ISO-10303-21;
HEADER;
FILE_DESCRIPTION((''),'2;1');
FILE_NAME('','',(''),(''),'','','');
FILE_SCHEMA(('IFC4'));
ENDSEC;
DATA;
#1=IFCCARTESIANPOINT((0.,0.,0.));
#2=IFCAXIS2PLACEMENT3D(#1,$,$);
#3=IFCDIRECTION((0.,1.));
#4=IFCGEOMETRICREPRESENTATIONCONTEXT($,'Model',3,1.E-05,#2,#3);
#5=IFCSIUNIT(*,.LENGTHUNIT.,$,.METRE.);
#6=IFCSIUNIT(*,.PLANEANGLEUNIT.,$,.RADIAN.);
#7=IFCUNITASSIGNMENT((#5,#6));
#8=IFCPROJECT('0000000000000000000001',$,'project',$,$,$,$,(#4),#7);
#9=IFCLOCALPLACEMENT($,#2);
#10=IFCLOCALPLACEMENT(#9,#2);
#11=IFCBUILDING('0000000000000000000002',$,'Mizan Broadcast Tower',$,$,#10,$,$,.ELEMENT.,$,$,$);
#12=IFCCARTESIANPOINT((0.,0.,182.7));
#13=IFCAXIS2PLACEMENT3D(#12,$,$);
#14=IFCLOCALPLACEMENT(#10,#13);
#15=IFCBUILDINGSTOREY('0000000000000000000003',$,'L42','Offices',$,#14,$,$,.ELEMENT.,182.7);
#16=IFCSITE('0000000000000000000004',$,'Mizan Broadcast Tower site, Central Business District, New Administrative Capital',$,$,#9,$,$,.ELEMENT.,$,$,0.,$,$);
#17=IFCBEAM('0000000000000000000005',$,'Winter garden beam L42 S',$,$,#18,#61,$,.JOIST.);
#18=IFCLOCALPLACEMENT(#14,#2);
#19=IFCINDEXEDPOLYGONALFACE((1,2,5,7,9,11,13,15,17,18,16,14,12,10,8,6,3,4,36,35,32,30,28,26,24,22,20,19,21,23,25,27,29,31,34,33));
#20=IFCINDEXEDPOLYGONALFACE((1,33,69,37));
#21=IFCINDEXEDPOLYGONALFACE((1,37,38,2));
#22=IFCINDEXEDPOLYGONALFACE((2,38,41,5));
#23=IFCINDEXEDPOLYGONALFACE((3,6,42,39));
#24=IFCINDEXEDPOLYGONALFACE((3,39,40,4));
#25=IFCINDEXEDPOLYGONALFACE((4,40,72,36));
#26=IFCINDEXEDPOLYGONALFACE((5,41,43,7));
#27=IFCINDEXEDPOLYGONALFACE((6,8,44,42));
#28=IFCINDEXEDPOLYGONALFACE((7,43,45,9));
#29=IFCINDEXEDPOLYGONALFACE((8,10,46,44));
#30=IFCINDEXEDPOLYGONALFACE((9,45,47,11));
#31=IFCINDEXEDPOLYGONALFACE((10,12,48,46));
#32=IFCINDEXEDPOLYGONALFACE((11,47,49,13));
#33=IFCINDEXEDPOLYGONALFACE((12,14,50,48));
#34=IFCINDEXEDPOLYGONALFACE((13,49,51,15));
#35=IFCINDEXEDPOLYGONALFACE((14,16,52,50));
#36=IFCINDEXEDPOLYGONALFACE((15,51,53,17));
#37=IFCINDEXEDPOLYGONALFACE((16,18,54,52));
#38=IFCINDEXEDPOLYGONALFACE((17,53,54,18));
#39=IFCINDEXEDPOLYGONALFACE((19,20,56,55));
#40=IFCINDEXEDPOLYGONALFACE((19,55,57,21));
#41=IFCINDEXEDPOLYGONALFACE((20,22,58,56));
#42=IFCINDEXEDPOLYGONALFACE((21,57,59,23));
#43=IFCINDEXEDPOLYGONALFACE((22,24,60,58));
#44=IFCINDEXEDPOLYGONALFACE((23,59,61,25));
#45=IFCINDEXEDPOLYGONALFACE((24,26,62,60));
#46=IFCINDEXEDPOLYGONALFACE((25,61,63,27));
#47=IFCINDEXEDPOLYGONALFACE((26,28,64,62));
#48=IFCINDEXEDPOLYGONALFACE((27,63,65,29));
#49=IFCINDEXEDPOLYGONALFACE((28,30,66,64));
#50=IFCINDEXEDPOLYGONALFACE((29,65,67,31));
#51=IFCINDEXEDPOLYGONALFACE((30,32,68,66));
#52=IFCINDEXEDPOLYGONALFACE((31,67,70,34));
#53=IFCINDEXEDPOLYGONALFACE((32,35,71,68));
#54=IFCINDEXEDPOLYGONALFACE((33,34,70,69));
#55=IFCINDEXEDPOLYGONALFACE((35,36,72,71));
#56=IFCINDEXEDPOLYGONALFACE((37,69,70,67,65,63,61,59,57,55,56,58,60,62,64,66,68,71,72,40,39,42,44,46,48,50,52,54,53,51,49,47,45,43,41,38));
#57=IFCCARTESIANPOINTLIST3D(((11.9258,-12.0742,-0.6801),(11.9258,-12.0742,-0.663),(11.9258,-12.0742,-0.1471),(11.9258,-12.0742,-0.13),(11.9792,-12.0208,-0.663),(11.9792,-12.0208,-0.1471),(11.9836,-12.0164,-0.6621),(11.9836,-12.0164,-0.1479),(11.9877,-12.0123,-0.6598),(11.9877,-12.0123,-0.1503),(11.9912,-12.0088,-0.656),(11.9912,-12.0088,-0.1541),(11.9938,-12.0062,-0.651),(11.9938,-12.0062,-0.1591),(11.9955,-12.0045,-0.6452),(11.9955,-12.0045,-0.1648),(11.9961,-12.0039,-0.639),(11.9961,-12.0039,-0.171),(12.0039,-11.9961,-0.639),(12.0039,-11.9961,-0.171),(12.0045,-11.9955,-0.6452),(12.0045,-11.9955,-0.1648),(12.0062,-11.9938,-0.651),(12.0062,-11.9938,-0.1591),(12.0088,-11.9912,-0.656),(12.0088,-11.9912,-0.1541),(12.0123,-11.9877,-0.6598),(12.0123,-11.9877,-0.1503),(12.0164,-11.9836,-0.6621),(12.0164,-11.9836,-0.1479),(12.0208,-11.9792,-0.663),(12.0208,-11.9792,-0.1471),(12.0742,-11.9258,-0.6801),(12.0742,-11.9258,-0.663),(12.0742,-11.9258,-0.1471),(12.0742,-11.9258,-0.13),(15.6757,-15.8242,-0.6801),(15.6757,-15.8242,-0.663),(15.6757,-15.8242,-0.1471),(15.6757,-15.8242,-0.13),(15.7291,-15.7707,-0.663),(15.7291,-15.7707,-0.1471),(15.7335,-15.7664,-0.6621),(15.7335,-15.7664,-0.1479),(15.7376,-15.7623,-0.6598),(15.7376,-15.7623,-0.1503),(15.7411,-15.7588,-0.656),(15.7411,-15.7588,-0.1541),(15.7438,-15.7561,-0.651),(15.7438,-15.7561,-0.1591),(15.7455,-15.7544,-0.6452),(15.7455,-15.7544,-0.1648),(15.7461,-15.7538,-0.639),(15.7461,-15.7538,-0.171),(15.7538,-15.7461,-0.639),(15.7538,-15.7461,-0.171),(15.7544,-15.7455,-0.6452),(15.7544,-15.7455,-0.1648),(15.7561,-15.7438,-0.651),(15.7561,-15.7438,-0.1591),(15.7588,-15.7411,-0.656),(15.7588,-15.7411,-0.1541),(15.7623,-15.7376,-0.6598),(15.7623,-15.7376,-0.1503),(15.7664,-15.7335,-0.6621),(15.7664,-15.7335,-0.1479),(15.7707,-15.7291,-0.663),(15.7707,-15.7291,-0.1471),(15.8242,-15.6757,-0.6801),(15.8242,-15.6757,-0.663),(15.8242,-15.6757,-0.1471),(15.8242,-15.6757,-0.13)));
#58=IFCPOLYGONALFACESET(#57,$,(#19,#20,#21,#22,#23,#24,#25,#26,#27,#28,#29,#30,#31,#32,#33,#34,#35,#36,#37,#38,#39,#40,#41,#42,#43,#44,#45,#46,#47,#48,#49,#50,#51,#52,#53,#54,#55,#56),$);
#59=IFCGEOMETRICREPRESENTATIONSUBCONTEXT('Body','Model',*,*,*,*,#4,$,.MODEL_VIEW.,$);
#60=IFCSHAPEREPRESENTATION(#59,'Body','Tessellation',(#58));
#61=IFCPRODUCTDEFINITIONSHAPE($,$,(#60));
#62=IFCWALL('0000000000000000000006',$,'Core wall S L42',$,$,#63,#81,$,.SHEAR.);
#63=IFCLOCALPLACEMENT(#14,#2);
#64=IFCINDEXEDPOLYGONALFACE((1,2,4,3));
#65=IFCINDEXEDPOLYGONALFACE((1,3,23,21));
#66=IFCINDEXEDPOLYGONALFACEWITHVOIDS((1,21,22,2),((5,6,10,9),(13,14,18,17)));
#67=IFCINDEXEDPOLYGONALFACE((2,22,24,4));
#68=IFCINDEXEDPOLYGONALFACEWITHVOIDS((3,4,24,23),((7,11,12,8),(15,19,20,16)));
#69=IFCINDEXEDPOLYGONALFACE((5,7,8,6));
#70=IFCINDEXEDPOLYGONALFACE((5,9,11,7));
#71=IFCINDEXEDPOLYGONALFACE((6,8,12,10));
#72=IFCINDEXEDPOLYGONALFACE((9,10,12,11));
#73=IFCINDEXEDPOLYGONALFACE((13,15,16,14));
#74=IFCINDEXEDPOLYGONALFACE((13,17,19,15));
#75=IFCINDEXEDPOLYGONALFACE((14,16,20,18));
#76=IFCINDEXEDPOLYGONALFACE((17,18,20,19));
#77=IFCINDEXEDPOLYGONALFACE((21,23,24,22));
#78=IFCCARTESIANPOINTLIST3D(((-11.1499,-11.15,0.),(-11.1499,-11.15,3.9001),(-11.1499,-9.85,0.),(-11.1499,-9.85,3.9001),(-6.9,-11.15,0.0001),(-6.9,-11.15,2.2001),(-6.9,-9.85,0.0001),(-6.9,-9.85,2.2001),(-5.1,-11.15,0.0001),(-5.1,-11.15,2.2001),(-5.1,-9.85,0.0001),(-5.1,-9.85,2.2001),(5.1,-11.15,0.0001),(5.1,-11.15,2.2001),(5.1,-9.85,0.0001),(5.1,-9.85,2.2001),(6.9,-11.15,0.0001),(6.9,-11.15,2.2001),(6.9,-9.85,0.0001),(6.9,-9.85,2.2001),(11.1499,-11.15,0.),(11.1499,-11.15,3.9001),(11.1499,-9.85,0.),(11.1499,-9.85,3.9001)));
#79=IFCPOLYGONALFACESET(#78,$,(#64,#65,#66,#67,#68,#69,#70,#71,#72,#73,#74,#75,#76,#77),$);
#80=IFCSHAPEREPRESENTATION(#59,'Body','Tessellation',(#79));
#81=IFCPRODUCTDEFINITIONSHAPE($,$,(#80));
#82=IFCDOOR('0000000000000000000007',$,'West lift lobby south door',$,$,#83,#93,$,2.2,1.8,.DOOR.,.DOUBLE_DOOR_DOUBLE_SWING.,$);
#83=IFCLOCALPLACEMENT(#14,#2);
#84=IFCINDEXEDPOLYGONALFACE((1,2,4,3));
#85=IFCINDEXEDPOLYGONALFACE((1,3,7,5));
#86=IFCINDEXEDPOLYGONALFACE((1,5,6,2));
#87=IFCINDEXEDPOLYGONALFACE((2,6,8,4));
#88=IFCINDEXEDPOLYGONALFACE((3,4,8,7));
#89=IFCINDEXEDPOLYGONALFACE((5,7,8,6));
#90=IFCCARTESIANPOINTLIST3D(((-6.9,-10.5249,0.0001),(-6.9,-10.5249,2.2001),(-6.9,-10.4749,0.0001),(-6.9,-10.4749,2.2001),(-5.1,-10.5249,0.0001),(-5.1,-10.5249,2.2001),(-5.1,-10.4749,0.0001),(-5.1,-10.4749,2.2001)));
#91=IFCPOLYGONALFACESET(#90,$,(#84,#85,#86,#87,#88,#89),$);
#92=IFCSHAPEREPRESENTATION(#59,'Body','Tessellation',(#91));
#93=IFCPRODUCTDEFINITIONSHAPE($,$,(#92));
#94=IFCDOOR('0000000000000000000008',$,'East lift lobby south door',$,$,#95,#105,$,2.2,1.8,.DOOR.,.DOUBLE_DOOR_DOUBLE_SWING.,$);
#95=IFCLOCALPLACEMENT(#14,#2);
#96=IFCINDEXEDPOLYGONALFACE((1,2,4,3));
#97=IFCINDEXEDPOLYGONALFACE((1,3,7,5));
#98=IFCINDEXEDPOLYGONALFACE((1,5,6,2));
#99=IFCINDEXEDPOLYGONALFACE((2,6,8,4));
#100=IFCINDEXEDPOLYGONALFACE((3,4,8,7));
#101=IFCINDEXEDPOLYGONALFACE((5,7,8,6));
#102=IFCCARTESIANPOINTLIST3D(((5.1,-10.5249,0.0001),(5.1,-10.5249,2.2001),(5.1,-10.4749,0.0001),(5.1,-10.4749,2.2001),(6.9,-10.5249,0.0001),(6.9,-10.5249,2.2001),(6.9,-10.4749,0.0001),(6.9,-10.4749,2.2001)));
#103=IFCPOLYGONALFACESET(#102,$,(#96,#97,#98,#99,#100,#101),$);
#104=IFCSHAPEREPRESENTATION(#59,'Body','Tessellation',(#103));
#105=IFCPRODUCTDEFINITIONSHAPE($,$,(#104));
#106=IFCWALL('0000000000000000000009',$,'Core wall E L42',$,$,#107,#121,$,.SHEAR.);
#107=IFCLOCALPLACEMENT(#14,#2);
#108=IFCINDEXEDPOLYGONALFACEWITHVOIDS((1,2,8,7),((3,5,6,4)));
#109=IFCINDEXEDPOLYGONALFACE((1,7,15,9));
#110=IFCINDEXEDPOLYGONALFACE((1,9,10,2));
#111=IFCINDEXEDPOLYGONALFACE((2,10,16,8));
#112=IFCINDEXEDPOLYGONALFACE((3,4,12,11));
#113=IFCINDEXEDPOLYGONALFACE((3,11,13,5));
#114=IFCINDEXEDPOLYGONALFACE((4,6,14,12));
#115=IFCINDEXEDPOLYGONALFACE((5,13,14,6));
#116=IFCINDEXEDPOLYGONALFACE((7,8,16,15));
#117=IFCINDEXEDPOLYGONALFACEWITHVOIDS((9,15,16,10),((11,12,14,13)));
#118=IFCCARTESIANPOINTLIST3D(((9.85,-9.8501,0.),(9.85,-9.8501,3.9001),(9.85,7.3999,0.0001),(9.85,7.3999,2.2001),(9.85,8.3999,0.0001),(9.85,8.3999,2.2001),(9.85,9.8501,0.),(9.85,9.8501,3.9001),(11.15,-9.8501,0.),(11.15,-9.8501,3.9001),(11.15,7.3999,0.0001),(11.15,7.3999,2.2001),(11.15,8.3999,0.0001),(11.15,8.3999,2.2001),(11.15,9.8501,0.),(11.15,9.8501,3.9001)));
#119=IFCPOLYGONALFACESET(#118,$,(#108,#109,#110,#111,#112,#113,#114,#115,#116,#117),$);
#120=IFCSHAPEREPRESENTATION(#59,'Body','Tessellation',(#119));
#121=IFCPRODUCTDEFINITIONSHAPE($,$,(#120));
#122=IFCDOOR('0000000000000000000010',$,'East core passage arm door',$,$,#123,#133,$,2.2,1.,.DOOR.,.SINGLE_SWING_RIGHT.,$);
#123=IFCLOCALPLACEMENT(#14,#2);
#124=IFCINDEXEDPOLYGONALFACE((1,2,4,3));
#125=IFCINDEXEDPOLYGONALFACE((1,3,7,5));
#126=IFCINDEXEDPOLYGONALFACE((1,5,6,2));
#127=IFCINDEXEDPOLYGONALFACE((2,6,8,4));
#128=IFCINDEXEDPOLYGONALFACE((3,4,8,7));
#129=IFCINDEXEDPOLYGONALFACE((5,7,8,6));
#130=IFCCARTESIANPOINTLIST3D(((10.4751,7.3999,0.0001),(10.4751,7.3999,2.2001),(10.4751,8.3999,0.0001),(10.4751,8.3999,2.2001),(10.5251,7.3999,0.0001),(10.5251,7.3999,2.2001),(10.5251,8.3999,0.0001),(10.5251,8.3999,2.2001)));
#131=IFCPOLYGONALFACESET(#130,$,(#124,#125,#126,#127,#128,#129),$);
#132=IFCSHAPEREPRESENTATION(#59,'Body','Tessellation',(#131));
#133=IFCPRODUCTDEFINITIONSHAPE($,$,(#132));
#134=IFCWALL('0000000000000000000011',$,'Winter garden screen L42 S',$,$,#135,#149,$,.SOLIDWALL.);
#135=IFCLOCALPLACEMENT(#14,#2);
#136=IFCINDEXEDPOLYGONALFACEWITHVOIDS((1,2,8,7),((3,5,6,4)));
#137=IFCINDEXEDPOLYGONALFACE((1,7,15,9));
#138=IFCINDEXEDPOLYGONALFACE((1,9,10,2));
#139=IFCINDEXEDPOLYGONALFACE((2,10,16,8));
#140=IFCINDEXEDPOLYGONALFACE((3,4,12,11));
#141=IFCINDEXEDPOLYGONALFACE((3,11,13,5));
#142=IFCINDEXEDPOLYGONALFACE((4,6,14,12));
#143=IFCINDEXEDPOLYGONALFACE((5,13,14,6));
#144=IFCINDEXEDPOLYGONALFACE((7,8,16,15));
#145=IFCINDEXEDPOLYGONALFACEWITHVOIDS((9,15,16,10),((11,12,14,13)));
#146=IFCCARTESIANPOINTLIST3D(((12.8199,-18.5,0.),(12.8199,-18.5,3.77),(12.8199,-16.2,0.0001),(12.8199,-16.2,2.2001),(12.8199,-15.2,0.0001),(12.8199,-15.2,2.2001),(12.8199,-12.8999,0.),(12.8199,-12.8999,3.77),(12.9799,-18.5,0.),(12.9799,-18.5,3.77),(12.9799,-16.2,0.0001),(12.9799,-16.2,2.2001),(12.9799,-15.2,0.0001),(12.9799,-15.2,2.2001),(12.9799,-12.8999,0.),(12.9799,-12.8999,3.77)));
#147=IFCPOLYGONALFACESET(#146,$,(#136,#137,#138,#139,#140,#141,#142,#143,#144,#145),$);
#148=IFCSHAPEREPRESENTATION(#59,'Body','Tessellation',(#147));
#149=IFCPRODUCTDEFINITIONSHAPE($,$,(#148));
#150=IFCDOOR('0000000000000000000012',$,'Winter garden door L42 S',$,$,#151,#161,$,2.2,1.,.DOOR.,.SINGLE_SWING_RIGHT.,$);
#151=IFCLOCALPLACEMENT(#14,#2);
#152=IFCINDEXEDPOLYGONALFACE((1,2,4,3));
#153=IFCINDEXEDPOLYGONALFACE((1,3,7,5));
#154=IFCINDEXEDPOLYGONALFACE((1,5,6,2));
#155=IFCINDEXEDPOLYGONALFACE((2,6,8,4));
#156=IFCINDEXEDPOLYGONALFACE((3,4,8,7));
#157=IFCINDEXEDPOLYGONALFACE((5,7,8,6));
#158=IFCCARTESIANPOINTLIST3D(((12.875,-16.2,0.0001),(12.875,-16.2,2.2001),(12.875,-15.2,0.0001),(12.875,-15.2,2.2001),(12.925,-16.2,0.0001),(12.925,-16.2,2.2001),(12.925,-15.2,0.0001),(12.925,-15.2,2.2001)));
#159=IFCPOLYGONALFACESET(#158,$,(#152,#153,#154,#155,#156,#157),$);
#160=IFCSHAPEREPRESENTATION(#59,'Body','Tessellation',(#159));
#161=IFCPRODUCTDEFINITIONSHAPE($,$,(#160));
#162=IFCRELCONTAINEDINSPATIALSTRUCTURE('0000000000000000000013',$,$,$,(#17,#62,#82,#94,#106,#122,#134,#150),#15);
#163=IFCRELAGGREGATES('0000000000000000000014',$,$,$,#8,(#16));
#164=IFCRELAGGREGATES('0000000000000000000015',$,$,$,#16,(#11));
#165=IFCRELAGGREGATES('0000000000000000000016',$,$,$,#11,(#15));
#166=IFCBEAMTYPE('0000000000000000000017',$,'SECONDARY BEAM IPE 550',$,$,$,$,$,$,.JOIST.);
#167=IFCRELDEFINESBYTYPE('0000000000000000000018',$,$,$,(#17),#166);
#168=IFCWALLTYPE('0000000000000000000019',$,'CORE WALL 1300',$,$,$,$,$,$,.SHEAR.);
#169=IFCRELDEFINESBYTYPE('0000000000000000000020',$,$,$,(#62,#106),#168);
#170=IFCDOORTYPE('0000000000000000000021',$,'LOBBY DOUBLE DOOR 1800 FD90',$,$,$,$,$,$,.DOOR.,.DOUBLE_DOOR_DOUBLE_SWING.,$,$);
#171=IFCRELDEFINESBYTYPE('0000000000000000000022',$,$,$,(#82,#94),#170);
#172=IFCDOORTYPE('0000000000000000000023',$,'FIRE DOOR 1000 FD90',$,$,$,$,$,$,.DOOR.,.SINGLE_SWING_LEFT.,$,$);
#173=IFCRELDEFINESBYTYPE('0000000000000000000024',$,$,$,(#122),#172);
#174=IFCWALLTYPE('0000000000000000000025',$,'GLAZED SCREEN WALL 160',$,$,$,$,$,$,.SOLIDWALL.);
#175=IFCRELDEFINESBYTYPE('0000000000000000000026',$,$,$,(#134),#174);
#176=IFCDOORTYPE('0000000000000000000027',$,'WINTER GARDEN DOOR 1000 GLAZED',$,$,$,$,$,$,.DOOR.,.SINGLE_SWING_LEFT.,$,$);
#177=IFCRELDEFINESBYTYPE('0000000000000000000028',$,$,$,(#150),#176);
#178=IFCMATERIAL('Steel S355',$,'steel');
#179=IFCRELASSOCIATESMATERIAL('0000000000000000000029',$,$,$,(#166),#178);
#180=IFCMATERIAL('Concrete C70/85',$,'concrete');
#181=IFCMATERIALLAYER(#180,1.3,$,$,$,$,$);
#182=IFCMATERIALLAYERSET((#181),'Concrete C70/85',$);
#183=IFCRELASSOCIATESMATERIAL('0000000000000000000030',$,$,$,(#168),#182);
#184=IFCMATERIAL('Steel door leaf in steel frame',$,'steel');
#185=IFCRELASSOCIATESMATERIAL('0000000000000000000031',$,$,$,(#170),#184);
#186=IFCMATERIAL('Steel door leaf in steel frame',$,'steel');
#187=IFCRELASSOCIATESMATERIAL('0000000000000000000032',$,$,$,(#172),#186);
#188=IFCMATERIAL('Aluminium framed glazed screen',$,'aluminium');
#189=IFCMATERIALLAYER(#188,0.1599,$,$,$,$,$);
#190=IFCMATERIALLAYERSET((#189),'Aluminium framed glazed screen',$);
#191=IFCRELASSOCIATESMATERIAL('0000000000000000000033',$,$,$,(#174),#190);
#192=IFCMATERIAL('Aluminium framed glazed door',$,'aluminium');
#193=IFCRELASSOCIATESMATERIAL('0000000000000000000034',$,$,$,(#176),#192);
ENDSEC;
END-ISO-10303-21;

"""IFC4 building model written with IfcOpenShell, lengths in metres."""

from ifc_helpers import new_model, si_unit, direction, frame, frame_2d, origin, origin_2d, place, context, subcontext, project, spatial, rectangle, i_section, extrude, material, layer, layer_set, material_profile, profile_set, type_object, element, fill, save


model = new_model("IFC4")

# Units and contexts
model_context = context("Model", 3, precision=1e-05, world=origin(), true_north=direction((0.0, 1.0)))
body_context = subcontext(model_context, "Body", "Model", "MODEL_VIEW")
ifc_project = project(units=[si_unit("LENGTHUNIT", "METRE"), si_unit("PLANEANGLEUNIT", "RADIAN")], contexts=[model_context])

# Site, building, storey
site_placement = place(None, origin())
site = spatial("IfcSite", under=ifc_project, at=site_placement, Name="Mizan Broadcast Tower site, Central Business District, New Administrative Capital", CompositionType="ELEMENT", RefElevation=0.0)
building_placement = place(site_placement, origin())
building = spatial("IfcBuilding", under=site, at=building_placement, Name="Mizan Broadcast Tower", CompositionType="ELEMENT")
storey_placement = place(building_placement, frame((0.0, 0.0, 182.7)))
storey = spatial("IfcBuildingStorey", under=building, at=storey_placement, Name="L42", Description="Offices", CompositionType="ELEMENT", Elevation=182.7)

# Beam
ifc_material_1 = material(Name="Steel S355", Category="steel")
ifc_material_profile_1 = material_profile(ifc_material_1, i_section(OverallWidth=0.21, OverallDepth=0.55, WebThickness=0.011, FlangeThickness=0.0171, FilletRadius=0.0239, at=origin_2d()), Name="IPE 550")
ifc_profile_set_1 = profile_set([ifc_material_profile_1], Name="Steel S355")
beam_type_1 = type_object("IfcBeamType", Name="SECONDARY BEAM IPE 550", PredefinedType="JOIST", material=ifc_profile_set_1)
beam_placement = place(storey_placement, frame((12.0, -12.0, -0.405), z_axis=(0.707107, -0.707107, 0.0), x_axis=(0.707107, 0.707107, 0.0)))
element("IfcBeam", 1, at=beam_placement, inside=storey, type_object=beam_type_1, Name="Winter garden beam L42 S", PredefinedType="JOIST", context=body_context, shape_type="SweptSolid", body=[
    extrude(i_section(OverallWidth=0.21, OverallDepth=0.55, WebThickness=0.011, FlangeThickness=0.0171, FilletRadius=0.0239, at=origin_2d()), origin(), (0.0, 0.0, 1.0), 5.3032),
])

# Wall, openings, doors
ifc_material_2 = material(Name="Concrete C70/85", Category="concrete")
ifc_layer_1 = layer(ifc_material_2, 1.3)
ifc_layer_set_1 = layer_set([ifc_layer_1], Name="Concrete C70/85")
wall_type_1 = type_object("IfcWallType", Name="CORE WALL 1300", PredefinedType="SHEAR", material=ifc_layer_set_1)
wall_1_placement = place(storey_placement, frame((11.1499, -10.5, 0.0), z_axis=(0.0, 0.0, 1.0), x_axis=(-1.0, 0.0, 0.0)))
wall_1 = element("IfcWall", 2, at=wall_1_placement, inside=storey, type_object=wall_type_1, Name="Core wall S L42", PredefinedType="SHEAR", context=body_context, shape_type="SweptSolid", body=[
    extrude(rectangle(XDim=22.2998, YDim=1.3, at=frame_2d((11.1499, 0.0))), origin(), (0.0, 0.0, 1.0), 3.9001),
])
opening_1_placement = place(wall_1_placement, frame((16.25, 0.0, 0.0)))
opening_1 = element("IfcOpeningElement", 3, at=opening_1_placement, cuts=wall_1, PredefinedType="OPENING", context=body_context, shape_type="SweptSolid", body=[
    extrude(rectangle(XDim=1.8, YDim=2.2, at=frame_2d((0.8999, 1.1001))), frame((0.0, 0.6599, 0.0), z_axis=(0.0, -1.0, 0.0), x_axis=(1.0, 0.0, 0.0)), (0.0, 0.0, 1.0), 1.3201),
])
opening_2_placement = place(wall_1_placement, frame((4.25, 0.0, 0.0)))
opening_2 = element("IfcOpeningElement", 4, at=opening_2_placement, cuts=wall_1, PredefinedType="OPENING", context=body_context, shape_type="SweptSolid", body=[
    extrude(rectangle(XDim=1.8, YDim=2.2, at=frame_2d((0.8999, 1.1001))), frame((0.0, 0.6599, 0.0), z_axis=(0.0, -1.0, 0.0), x_axis=(1.0, 0.0, 0.0)), (0.0, 0.0, 1.0), 1.3201),
])
ifc_material_3 = material(Name="Steel door leaf in steel frame", Category="steel")
door_type_1 = type_object("IfcDoorType", Name="LOBBY DOUBLE DOOR 1800 FD90", OperationType="DOUBLE_DOOR_DOUBLE_SWING", PredefinedType="DOOR", material=ifc_material_3)
door_1_placement = place(opening_1_placement, origin())
door_1 = element("IfcDoor", 5, at=door_1_placement, inside=storey, type_object=door_type_1, Name="West lift lobby south door", OperationType="DOUBLE_DOOR_DOUBLE_SWING", OverallHeight=2.2, OverallWidth=1.8, PredefinedType="DOOR", context=body_context, shape_type="SweptSolid", body=[
    extrude(rectangle(XDim=1.8, YDim=2.2, at=frame_2d((0.8999, 1.1001))), frame((0.0, 0.0249, 0.0), z_axis=(0.0, -1.0, 0.0), x_axis=(1.0, 0.0, 0.0)), (0.0, 0.0, 1.0), 0.05),
])
fill(opening_1, door_1)
door_2_placement = place(opening_2_placement, origin())
door_2 = element("IfcDoor", 6, at=door_2_placement, inside=storey, type_object=door_type_1, Name="East lift lobby south door", OperationType="DOUBLE_DOOR_DOUBLE_SWING", OverallHeight=2.2, OverallWidth=1.8, PredefinedType="DOOR", context=body_context, shape_type="SweptSolid", body=[
    extrude(rectangle(XDim=1.8, YDim=2.2, at=frame_2d((0.8999, 1.1001))), frame((0.0, 0.0249, 0.0), z_axis=(0.0, -1.0, 0.0), x_axis=(1.0, 0.0, 0.0)), (0.0, 0.0, 1.0), 0.05),
])
fill(opening_2, door_2)

# Walls, openings, doors
wall_2_placement = place(storey_placement, frame((10.5, -9.8501, 0.0), z_axis=(0.0, 0.0, 1.0), x_axis=(0.0, 1.0, 0.0)))
wall_2 = element("IfcWall", 7, at=wall_2_placement, inside=storey, type_object=wall_type_1, Name="Core wall E L42", PredefinedType="SHEAR", context=body_context, shape_type="SweptSolid", body=[
    extrude(rectangle(XDim=19.7002, YDim=1.3, at=frame_2d((9.8501, 0.0))), origin(), (0.0, 0.0, 1.0), 3.9001),
])
opening_3_placement = place(wall_2_placement, frame((17.25, 0.0, 0.0)))
opening_3 = element("IfcOpeningElement", 8, at=opening_3_placement, cuts=wall_2, PredefinedType="OPENING", context=body_context, shape_type="SweptSolid", body=[
    extrude(rectangle(XDim=1.0, YDim=2.2, at=frame_2d((0.5, 1.1001))), frame((0.0, 0.6599, 0.0), z_axis=(0.0, -1.0, 0.0), x_axis=(1.0, 0.0, 0.0)), (0.0, 0.0, 1.0), 1.3201),
])
ifc_material_4 = material(Name="Steel door leaf in steel frame", Category="steel")
door_type_2 = type_object("IfcDoorType", Name="FIRE DOOR 1000 FD90", OperationType="SINGLE_SWING_LEFT", PredefinedType="DOOR", material=ifc_material_4)
door_3_placement = place(opening_3_placement, origin())
door_3 = element("IfcDoor", 9, at=door_3_placement, inside=storey, type_object=door_type_2, Name="East core passage arm door", OperationType="SINGLE_SWING_RIGHT", OverallHeight=2.2, OverallWidth=1.0, PredefinedType="DOOR", context=body_context, shape_type="SweptSolid", body=[
    extrude(rectangle(XDim=1.0, YDim=2.2, at=frame_2d((0.5, 1.1001))), frame((0.0, 0.0249, 0.0), z_axis=(0.0, -1.0, 0.0), x_axis=(1.0, 0.0, 0.0)), (0.0, 0.0, 1.0), 0.05),
])
fill(opening_3, door_3)
ifc_material_5 = material(Name="Aluminium framed glazed screen", Category="aluminium")
ifc_layer_2 = layer(ifc_material_5, 0.1599)
ifc_layer_set_2 = layer_set([ifc_layer_2], Name="Aluminium framed glazed screen")
wall_type_2 = type_object("IfcWallType", Name="GLAZED SCREEN WALL 160", PredefinedType="SOLIDWALL", material=ifc_layer_set_2)
wall_3_placement = place(storey_placement, frame((12.8999, -18.5, 0.0), z_axis=(0.0, 0.0, 1.0), x_axis=(0.0, 1.0, 0.0)))
wall_3 = element("IfcWall", 10, at=wall_3_placement, inside=storey, type_object=wall_type_2, Name="Winter garden screen L42 S", PredefinedType="SOLIDWALL", context=body_context, shape_type="SweptSolid", body=[
    extrude(rectangle(XDim=5.6001, YDim=0.1599, at=frame_2d((2.8, 0.0))), origin(), (0.0, 0.0, 1.0), 3.77),
])
opening_4_placement = place(wall_3_placement, frame((2.3, 0.0, 0.0)))
opening_4 = element("IfcOpeningElement", 11, at=opening_4_placement, cuts=wall_3, PredefinedType="OPENING", context=body_context, shape_type="SweptSolid", body=[
    extrude(rectangle(XDim=1.0, YDim=2.2, at=frame_2d((0.5, 1.1001))), frame((0.0, 0.0898, 0.0), z_axis=(0.0, -1.0, 0.0), x_axis=(1.0, 0.0, 0.0)), (0.0, 0.0, 1.0), 0.1799),
])
ifc_material_6 = material(Name="Aluminium framed glazed door", Category="aluminium")
door_type_3 = type_object("IfcDoorType", Name="WINTER GARDEN DOOR 1000 GLAZED", OperationType="SINGLE_SWING_LEFT", PredefinedType="DOOR", material=ifc_material_6)
door_4_placement = place(opening_4_placement, origin())
door_4 = element("IfcDoor", 12, at=door_4_placement, inside=storey, type_object=door_type_3, Name="Winter garden door L42 S", OperationType="SINGLE_SWING_RIGHT", OverallHeight=2.2, OverallWidth=1.0, PredefinedType="DOOR", context=body_context, shape_type="SweptSolid", body=[
    extrude(rectangle(XDim=1.0, YDim=2.2, at=frame_2d((0.5, 1.1001))), frame((0.0, 0.0249, 0.0), z_axis=(0.0, -1.0, 0.0), x_axis=(1.0, 0.0, 0.0)), (0.0, 0.0, 1.0), 0.05),
])
fill(opening_4, door_4)

save(model, "model.ifc")
